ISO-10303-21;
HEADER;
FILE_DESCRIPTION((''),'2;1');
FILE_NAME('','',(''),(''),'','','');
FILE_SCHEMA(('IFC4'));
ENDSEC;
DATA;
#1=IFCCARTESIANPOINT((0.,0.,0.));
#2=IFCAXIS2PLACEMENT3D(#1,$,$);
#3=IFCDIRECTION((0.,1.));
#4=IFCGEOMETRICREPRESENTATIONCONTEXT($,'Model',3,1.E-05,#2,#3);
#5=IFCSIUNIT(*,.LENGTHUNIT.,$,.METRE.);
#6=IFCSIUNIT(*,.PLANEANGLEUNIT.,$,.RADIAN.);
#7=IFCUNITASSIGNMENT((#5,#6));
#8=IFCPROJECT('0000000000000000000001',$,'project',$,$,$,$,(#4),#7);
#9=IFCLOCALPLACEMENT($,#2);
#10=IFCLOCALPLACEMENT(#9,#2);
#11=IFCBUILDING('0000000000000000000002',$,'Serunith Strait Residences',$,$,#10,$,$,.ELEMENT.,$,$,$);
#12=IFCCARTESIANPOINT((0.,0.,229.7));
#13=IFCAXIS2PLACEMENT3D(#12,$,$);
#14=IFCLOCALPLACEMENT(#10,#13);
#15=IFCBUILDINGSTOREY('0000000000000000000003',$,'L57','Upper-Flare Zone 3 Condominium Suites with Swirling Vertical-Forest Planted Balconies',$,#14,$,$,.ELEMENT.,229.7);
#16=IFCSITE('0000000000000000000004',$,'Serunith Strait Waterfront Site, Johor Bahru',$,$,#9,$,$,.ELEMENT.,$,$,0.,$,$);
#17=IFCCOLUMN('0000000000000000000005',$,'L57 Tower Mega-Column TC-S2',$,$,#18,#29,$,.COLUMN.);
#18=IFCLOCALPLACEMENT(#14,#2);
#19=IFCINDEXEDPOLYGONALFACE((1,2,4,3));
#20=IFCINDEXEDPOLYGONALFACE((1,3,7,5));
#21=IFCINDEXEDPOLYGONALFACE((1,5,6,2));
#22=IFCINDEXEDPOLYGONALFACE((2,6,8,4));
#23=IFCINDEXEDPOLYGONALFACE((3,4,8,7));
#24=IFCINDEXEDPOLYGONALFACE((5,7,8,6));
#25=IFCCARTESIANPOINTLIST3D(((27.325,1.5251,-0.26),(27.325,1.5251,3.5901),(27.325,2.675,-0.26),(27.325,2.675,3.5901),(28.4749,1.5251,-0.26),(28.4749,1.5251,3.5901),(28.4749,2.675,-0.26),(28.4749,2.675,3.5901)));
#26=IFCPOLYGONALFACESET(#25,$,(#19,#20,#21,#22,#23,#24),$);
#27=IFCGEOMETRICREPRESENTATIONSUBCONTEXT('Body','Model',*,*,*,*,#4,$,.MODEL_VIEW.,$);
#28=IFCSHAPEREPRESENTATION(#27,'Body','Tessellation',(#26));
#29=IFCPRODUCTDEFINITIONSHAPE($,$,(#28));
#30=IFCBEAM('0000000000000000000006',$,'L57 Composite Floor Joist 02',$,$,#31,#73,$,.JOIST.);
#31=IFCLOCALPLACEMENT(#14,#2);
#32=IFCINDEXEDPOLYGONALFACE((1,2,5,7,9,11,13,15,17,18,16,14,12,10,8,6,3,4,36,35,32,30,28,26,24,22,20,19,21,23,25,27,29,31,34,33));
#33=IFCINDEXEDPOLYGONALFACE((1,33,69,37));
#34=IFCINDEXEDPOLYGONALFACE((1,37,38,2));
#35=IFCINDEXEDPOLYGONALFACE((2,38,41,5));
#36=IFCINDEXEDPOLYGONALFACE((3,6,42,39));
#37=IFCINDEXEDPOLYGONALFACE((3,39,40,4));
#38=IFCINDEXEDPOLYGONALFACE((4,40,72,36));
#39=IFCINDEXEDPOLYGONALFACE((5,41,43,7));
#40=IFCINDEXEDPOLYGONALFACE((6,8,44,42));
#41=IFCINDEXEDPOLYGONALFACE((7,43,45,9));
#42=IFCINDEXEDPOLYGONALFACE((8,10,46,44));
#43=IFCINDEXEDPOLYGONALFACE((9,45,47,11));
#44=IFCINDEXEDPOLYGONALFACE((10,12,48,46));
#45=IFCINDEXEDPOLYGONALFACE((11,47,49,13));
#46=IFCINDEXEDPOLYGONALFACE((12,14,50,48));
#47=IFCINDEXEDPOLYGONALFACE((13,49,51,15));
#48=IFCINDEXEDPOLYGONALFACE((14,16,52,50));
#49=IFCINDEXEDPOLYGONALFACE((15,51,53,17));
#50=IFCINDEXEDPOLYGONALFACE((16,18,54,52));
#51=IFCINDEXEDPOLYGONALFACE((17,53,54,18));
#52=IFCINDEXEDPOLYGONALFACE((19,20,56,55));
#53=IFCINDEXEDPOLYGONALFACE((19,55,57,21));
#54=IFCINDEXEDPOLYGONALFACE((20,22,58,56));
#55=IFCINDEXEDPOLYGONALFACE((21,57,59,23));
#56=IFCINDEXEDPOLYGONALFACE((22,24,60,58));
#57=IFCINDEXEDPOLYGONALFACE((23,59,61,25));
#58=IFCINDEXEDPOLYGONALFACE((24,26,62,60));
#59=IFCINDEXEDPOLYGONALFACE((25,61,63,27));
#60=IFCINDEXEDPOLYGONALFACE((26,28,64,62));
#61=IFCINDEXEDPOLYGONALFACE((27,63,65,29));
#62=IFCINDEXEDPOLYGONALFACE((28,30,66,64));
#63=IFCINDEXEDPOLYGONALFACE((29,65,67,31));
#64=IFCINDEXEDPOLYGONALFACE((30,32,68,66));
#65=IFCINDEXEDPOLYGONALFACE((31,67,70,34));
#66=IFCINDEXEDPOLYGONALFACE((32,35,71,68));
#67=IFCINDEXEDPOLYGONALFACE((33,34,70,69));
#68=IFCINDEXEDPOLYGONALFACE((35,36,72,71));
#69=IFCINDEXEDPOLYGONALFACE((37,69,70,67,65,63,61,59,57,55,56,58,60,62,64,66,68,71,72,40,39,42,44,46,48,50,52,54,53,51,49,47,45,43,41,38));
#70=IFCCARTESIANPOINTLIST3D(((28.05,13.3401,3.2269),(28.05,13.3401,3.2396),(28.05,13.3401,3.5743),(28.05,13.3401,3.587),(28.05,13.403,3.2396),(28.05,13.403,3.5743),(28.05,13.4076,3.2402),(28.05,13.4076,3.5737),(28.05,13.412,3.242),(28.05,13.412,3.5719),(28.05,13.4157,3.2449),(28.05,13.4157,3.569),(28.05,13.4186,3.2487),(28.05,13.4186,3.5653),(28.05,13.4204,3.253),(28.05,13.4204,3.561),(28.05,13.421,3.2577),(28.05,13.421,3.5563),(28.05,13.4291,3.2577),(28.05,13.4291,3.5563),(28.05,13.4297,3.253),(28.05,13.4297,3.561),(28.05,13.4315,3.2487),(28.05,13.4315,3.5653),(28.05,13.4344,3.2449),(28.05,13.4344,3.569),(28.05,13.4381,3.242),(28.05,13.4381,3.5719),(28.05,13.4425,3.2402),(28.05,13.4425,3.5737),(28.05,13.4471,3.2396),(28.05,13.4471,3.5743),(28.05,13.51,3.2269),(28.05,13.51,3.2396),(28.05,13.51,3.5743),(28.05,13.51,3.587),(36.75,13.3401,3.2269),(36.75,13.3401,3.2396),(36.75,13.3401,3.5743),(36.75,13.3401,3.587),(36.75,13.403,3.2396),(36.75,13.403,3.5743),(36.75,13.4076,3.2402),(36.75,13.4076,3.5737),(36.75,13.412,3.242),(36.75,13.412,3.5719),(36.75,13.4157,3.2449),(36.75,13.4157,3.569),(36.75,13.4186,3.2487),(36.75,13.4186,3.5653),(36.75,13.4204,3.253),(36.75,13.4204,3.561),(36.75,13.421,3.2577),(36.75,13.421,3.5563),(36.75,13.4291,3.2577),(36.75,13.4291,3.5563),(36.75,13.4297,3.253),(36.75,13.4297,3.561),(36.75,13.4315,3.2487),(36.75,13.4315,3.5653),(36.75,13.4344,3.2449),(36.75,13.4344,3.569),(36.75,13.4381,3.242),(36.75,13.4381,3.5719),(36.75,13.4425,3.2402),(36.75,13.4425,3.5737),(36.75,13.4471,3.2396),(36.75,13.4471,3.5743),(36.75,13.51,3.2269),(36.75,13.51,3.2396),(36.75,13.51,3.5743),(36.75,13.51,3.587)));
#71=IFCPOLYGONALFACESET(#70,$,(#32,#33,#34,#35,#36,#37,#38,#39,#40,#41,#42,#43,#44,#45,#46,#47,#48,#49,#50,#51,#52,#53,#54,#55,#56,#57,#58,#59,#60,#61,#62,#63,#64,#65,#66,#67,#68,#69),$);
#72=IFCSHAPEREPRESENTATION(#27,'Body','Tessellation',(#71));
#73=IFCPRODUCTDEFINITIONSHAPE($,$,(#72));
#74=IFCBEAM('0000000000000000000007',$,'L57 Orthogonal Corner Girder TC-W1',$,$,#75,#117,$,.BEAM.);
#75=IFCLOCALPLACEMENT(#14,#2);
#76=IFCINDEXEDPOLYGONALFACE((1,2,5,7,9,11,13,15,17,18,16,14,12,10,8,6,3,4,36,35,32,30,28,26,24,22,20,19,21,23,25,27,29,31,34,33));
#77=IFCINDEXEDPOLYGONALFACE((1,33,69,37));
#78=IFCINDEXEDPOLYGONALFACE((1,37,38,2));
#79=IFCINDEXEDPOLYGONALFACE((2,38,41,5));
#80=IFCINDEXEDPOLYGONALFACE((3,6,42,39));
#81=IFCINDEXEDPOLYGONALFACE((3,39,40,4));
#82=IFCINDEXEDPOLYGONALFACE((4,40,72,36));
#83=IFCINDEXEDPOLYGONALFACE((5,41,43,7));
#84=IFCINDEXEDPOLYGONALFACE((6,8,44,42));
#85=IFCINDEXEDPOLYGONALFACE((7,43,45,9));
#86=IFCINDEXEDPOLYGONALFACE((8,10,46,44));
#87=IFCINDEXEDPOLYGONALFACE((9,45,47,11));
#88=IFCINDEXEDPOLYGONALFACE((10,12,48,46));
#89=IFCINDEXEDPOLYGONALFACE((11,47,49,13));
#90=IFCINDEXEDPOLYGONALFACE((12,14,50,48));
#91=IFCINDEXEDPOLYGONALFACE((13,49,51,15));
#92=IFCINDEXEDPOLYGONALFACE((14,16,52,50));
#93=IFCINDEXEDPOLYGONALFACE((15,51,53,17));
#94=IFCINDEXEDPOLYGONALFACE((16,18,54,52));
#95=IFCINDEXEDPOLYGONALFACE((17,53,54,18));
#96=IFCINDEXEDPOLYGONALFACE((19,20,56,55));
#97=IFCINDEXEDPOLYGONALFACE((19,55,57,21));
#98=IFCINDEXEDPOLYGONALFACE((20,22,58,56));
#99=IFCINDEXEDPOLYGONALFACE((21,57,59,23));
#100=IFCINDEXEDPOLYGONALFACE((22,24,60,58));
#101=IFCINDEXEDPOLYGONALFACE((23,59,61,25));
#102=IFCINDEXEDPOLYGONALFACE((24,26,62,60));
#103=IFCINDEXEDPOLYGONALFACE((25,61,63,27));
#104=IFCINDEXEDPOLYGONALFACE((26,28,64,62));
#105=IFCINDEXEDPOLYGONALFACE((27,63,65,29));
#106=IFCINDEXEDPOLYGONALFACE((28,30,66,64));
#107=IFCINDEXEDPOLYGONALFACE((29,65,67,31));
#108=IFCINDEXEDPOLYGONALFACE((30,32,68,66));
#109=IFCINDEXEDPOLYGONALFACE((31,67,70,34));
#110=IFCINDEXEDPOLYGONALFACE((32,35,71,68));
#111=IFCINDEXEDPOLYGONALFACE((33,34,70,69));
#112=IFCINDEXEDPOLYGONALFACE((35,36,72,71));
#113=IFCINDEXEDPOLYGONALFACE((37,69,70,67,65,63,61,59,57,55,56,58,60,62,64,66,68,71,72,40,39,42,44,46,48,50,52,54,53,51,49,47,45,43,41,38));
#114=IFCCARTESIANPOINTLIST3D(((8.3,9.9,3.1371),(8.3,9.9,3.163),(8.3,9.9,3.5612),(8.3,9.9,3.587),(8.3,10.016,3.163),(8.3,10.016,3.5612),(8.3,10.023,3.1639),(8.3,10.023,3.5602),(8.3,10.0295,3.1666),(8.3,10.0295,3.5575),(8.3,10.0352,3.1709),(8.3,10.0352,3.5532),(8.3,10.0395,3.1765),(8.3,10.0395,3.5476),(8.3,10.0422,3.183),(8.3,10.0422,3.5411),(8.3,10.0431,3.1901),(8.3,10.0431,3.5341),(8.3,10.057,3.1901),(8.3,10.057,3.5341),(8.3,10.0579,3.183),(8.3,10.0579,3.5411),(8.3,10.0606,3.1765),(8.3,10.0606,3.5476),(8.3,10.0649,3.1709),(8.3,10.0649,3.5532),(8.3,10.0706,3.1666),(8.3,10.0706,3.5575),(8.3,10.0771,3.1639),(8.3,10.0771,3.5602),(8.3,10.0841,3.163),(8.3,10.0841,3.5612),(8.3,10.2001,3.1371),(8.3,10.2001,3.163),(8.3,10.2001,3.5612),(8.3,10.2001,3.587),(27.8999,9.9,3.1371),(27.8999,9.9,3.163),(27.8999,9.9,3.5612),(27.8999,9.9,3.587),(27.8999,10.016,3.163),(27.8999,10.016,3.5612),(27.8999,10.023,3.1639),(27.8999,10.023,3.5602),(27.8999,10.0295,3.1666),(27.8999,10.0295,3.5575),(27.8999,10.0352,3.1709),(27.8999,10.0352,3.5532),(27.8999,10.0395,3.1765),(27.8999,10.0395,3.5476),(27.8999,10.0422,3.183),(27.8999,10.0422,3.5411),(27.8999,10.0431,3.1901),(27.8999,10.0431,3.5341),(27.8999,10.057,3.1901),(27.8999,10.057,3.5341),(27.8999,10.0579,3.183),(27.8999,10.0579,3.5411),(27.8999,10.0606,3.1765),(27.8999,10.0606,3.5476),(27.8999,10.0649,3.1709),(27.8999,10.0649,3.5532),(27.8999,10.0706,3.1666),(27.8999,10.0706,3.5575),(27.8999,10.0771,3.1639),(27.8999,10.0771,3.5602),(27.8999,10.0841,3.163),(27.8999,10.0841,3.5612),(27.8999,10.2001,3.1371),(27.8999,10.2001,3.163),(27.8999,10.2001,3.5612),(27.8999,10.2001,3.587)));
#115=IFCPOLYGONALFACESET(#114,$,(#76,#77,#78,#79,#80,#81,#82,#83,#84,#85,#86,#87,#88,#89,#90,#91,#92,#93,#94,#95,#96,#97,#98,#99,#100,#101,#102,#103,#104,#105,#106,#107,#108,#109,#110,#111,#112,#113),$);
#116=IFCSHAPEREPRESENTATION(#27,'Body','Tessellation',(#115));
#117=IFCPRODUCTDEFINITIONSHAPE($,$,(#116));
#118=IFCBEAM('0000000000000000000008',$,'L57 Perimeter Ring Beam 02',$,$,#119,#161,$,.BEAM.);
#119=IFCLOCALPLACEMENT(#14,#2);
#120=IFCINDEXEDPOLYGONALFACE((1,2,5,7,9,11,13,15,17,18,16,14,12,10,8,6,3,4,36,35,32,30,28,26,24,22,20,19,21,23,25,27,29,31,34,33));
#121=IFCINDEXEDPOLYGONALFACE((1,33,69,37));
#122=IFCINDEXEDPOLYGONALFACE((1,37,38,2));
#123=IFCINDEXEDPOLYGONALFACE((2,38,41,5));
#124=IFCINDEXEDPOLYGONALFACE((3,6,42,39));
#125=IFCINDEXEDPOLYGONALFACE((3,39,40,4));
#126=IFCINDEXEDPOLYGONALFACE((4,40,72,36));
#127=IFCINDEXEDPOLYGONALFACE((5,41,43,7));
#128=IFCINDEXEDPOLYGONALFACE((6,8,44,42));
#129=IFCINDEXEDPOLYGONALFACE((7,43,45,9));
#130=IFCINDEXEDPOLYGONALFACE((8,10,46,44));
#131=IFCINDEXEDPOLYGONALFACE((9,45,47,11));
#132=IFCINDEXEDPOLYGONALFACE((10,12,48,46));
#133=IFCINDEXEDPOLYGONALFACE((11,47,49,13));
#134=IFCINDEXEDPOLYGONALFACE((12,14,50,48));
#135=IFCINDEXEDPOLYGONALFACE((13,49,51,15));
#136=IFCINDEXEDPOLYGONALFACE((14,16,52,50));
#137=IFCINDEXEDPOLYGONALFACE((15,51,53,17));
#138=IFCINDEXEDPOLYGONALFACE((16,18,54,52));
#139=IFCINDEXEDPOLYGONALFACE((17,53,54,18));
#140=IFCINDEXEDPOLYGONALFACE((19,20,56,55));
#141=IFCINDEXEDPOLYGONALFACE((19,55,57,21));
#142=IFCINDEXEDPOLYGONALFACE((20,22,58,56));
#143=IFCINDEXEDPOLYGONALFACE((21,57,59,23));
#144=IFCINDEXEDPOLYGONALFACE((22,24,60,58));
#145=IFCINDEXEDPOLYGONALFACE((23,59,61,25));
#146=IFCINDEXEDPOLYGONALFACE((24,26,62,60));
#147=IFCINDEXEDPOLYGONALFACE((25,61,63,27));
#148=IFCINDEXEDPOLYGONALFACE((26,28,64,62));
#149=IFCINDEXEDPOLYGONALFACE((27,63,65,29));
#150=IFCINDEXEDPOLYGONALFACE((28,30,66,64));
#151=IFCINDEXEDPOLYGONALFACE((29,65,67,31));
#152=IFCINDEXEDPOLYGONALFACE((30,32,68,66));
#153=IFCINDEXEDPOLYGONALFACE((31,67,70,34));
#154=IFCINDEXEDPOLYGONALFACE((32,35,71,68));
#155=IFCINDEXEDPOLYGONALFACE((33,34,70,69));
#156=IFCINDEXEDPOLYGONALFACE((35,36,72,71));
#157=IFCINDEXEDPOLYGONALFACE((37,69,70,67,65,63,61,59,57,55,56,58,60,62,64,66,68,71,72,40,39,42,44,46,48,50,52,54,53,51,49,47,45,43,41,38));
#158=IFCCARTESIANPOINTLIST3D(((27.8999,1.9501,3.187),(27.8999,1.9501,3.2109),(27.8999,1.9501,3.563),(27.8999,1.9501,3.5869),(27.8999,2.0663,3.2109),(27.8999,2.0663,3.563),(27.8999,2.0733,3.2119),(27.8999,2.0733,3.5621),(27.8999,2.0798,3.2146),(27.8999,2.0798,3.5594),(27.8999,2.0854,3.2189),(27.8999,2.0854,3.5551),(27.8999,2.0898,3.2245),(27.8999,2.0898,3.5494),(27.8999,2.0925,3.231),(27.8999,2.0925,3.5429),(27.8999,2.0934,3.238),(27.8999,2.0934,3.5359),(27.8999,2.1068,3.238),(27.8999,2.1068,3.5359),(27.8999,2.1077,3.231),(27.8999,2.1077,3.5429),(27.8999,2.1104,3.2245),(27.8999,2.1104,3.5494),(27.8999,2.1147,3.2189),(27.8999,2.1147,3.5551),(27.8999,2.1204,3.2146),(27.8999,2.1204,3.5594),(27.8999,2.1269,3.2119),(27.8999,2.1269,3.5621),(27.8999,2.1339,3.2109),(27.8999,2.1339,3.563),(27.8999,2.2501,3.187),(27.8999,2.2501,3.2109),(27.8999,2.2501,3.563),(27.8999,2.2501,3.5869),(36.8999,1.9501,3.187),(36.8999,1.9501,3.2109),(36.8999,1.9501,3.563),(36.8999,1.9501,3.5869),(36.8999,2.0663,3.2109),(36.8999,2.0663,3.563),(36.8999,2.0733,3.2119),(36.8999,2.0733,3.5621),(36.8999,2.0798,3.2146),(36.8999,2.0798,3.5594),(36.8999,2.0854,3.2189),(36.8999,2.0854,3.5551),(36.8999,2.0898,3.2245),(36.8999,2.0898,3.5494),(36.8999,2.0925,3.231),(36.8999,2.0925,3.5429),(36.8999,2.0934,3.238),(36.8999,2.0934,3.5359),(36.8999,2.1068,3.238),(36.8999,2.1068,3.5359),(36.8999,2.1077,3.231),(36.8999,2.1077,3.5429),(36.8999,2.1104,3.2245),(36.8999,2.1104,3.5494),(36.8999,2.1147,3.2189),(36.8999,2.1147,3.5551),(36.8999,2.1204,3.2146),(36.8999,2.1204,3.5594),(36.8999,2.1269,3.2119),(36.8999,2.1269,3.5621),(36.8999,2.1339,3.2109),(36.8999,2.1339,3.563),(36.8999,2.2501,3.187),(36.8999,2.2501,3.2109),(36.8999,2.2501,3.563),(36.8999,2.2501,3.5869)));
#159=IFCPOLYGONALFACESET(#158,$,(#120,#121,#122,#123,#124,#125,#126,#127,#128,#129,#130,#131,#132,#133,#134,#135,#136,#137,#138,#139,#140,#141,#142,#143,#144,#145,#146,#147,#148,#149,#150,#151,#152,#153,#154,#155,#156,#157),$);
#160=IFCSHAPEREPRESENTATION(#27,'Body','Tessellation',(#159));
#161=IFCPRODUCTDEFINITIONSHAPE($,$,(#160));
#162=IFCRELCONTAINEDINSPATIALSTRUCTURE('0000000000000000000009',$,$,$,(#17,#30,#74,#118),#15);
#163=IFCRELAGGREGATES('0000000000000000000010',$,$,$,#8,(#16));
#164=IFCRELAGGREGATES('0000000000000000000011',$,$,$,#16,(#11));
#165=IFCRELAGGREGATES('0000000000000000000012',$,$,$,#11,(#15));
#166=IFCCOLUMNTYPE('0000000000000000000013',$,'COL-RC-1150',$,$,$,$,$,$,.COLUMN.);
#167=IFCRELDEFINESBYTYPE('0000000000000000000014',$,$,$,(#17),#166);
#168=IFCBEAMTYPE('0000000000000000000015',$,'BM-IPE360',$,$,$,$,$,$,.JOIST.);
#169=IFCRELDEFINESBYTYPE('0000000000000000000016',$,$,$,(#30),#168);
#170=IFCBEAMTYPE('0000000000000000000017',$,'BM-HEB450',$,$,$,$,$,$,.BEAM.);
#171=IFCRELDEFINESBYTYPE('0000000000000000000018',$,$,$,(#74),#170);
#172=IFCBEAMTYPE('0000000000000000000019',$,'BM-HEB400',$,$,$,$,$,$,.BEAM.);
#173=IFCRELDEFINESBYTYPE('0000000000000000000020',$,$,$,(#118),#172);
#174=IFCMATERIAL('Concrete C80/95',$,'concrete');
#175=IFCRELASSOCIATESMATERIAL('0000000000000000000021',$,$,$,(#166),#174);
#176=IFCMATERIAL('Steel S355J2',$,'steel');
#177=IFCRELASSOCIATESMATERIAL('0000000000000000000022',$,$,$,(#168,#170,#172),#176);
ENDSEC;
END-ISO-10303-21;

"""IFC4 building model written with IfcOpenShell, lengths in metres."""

from ifc_helpers import new_model, si_unit, direction, frame, origin, origin_2d, place, context, subcontext, project, spatial, rectangle, i_section, extrude, source, transform, mapped, material, material_profile, profile_set, type_object, element, save


model = new_model("IFC4")

# Units and contexts
model_context = context("Model", 3, precision=1e-05, world=origin(), true_north=direction((0.0, 1.0)))
body_context = subcontext(model_context, "Body", "Model", "MODEL_VIEW")
ifc_project = project(units=[si_unit("LENGTHUNIT", "METRE"), si_unit("PLANEANGLEUNIT", "RADIAN")], contexts=[model_context])

# Site, building, storey
site_placement = place(None, origin())
site = spatial("IfcSite", under=ifc_project, at=site_placement, Name="Serunith Strait Waterfront Site, Johor Bahru", CompositionType="ELEMENT", RefElevation=0.0)
building_placement = place(site_placement, origin())
building = spatial("IfcBuilding", under=site, at=building_placement, Name="Serunith Strait Residences", CompositionType="ELEMENT")
storey_placement = place(building_placement, frame((0.0, 0.0, 229.7)))
storey = spatial("IfcBuildingStorey", under=building, at=storey_placement, Name="L57", Description="Upper-Flare Zone 3 Condominium Suites with Swirling Vertical-Forest Planted Balconies", CompositionType="ELEMENT", Elevation=229.7)

# Column
ifc_material_1 = material(Name="Concrete C80/95", Category="concrete")
ifc_material_profile_1 = material_profile(ifc_material_1, rectangle(XDim=1.1499, YDim=1.1499, at=origin_2d()), Name="RC 1150x1150")
ifc_profile_set_1 = profile_set([ifc_material_profile_1], Name="Concrete C80/95")
column_type = type_object("IfcColumnType", Name="COL-RC-1150", PredefinedType="COLUMN", material=ifc_profile_set_1)
shared_shape_1 = source(origin(), body_context, "Body", "SweptSolid", [
    extrude(rectangle(XDim=1.1499, YDim=1.1499, at=origin_2d()), origin(), (0.0, 0.0, 1.0), 3.8501),
])
column_placement = place(storey_placement, frame((27.8999, 2.1001, -0.26), z_axis=(0.0, 0.0, 1.0), x_axis=(1.0, 0.0, 0.0)))
element("IfcColumn", 1, at=column_placement, inside=storey, type_object=column_type, Name="L57 Tower Mega-Column TC-S2", PredefinedType="COLUMN", context=body_context, shape_type="MappedRepresentation", body=[
    mapped(shared_shape_1, transform((0.0, 0.0, 0.0), scale=1.0)),
])

# Beams
ifc_material_2 = material(Name="Steel S355J2", Category="steel")
ifc_material_profile_2 = material_profile(ifc_material_2, i_section(OverallWidth=0.1699, OverallDepth=0.3601, WebThickness=0.0081, FlangeThickness=0.0127, FilletRadius=0.0181, at=origin_2d()), Name="IPE 360")
ifc_profile_set_2 = profile_set([ifc_material_profile_2], Name="Steel S355J2")
beam_type_1 = type_object("IfcBeamType", Name="BM-IPE360", PredefinedType="JOIST", material=ifc_profile_set_2)
shared_shape_2 = source(origin(), body_context, "Body", "SweptSolid", [
    extrude(i_section(OverallWidth=0.1699, OverallDepth=0.3601, WebThickness=0.0081, FlangeThickness=0.0127, FilletRadius=0.0181, at=origin_2d()), origin(), (0.0, 0.0, 1.0), 8.7),
])
beam_1_placement = place(storey_placement, frame((28.05, 13.425, 3.407), z_axis=(1.0, 0.0, 0.0), x_axis=(0.0, 1.0, 0.0)))
element("IfcBeam", 2, at=beam_1_placement, inside=storey, type_object=beam_type_1, Name="L57 Composite Floor Joist 02", PredefinedType="JOIST", context=body_context, shape_type="MappedRepresentation", body=[
    mapped(shared_shape_2, transform((0.0, 0.0, 0.0), scale=1.0)),
])
ifc_material_profile_3 = material_profile(ifc_material_2, i_section(OverallWidth=0.3, OverallDepth=0.45, WebThickness=0.0139, FlangeThickness=0.0259, FilletRadius=0.0271, at=origin_2d()), Name="HEB 450")
ifc_profile_set_3 = profile_set([ifc_material_profile_3], Name="Steel S355J2")
beam_type_2 = type_object("IfcBeamType", Name="BM-HEB450", PredefinedType="BEAM", material=ifc_profile_set_3)
shared_shape_3 = source(origin(), body_context, "Body", "SweptSolid", [
    extrude(i_section(OverallWidth=0.3, OverallDepth=0.45, WebThickness=0.0139, FlangeThickness=0.0259, FilletRadius=0.0271, at=origin_2d()), origin(), (0.0, 0.0, 1.0), 19.5999),
])
beam_2_placement = place(storey_placement, frame((27.8999, 10.05, 3.3621), z_axis=(-1.0, 0.0, 0.0), x_axis=(0.0, -1.0, 0.0)))
element("IfcBeam", 3, at=beam_2_placement, inside=storey, type_object=beam_type_2, Name="L57 Orthogonal Corner Girder TC-W1", PredefinedType="BEAM", context=body_context, shape_type="MappedRepresentation", body=[
    mapped(shared_shape_3, transform((0.0, 0.0, 0.0), scale=1.0)),
])
ifc_material_profile_4 = material_profile(ifc_material_2, i_section(OverallWidth=0.3, OverallDepth=0.3999, WebThickness=0.0134, FlangeThickness=0.0239, FilletRadius=0.0271, at=origin_2d()), Name="HEB 400")
ifc_profile_set_4 = profile_set([ifc_material_profile_4], Name="Steel S355J2")
beam_type_3 = type_object("IfcBeamType", Name="BM-HEB400", PredefinedType="BEAM", material=ifc_profile_set_4)
shared_shape_4 = source(origin(), body_context, "Body", "SweptSolid", [
    extrude(i_section(OverallWidth=0.3, OverallDepth=0.3999, WebThickness=0.0134, FlangeThickness=0.0239, FilletRadius=0.0271, at=origin_2d()), origin(), (0.0, 0.0, 1.0), 9.0),
])
beam_3_placement = place(storey_placement, frame((27.8999, 2.1001, 3.387), z_axis=(1.0, 0.0, 0.0), x_axis=(0.0, 1.0, 0.0)))
element("IfcBeam", 4, at=beam_3_placement, inside=storey, type_object=beam_type_3, Name="L57 Perimeter Ring Beam 02", PredefinedType="BEAM", context=body_context, shape_type="MappedRepresentation", body=[
    mapped(shared_shape_4, transform((0.0, 0.0, 0.0), scale=1.0)),
])

save(model, "model.ifc")
